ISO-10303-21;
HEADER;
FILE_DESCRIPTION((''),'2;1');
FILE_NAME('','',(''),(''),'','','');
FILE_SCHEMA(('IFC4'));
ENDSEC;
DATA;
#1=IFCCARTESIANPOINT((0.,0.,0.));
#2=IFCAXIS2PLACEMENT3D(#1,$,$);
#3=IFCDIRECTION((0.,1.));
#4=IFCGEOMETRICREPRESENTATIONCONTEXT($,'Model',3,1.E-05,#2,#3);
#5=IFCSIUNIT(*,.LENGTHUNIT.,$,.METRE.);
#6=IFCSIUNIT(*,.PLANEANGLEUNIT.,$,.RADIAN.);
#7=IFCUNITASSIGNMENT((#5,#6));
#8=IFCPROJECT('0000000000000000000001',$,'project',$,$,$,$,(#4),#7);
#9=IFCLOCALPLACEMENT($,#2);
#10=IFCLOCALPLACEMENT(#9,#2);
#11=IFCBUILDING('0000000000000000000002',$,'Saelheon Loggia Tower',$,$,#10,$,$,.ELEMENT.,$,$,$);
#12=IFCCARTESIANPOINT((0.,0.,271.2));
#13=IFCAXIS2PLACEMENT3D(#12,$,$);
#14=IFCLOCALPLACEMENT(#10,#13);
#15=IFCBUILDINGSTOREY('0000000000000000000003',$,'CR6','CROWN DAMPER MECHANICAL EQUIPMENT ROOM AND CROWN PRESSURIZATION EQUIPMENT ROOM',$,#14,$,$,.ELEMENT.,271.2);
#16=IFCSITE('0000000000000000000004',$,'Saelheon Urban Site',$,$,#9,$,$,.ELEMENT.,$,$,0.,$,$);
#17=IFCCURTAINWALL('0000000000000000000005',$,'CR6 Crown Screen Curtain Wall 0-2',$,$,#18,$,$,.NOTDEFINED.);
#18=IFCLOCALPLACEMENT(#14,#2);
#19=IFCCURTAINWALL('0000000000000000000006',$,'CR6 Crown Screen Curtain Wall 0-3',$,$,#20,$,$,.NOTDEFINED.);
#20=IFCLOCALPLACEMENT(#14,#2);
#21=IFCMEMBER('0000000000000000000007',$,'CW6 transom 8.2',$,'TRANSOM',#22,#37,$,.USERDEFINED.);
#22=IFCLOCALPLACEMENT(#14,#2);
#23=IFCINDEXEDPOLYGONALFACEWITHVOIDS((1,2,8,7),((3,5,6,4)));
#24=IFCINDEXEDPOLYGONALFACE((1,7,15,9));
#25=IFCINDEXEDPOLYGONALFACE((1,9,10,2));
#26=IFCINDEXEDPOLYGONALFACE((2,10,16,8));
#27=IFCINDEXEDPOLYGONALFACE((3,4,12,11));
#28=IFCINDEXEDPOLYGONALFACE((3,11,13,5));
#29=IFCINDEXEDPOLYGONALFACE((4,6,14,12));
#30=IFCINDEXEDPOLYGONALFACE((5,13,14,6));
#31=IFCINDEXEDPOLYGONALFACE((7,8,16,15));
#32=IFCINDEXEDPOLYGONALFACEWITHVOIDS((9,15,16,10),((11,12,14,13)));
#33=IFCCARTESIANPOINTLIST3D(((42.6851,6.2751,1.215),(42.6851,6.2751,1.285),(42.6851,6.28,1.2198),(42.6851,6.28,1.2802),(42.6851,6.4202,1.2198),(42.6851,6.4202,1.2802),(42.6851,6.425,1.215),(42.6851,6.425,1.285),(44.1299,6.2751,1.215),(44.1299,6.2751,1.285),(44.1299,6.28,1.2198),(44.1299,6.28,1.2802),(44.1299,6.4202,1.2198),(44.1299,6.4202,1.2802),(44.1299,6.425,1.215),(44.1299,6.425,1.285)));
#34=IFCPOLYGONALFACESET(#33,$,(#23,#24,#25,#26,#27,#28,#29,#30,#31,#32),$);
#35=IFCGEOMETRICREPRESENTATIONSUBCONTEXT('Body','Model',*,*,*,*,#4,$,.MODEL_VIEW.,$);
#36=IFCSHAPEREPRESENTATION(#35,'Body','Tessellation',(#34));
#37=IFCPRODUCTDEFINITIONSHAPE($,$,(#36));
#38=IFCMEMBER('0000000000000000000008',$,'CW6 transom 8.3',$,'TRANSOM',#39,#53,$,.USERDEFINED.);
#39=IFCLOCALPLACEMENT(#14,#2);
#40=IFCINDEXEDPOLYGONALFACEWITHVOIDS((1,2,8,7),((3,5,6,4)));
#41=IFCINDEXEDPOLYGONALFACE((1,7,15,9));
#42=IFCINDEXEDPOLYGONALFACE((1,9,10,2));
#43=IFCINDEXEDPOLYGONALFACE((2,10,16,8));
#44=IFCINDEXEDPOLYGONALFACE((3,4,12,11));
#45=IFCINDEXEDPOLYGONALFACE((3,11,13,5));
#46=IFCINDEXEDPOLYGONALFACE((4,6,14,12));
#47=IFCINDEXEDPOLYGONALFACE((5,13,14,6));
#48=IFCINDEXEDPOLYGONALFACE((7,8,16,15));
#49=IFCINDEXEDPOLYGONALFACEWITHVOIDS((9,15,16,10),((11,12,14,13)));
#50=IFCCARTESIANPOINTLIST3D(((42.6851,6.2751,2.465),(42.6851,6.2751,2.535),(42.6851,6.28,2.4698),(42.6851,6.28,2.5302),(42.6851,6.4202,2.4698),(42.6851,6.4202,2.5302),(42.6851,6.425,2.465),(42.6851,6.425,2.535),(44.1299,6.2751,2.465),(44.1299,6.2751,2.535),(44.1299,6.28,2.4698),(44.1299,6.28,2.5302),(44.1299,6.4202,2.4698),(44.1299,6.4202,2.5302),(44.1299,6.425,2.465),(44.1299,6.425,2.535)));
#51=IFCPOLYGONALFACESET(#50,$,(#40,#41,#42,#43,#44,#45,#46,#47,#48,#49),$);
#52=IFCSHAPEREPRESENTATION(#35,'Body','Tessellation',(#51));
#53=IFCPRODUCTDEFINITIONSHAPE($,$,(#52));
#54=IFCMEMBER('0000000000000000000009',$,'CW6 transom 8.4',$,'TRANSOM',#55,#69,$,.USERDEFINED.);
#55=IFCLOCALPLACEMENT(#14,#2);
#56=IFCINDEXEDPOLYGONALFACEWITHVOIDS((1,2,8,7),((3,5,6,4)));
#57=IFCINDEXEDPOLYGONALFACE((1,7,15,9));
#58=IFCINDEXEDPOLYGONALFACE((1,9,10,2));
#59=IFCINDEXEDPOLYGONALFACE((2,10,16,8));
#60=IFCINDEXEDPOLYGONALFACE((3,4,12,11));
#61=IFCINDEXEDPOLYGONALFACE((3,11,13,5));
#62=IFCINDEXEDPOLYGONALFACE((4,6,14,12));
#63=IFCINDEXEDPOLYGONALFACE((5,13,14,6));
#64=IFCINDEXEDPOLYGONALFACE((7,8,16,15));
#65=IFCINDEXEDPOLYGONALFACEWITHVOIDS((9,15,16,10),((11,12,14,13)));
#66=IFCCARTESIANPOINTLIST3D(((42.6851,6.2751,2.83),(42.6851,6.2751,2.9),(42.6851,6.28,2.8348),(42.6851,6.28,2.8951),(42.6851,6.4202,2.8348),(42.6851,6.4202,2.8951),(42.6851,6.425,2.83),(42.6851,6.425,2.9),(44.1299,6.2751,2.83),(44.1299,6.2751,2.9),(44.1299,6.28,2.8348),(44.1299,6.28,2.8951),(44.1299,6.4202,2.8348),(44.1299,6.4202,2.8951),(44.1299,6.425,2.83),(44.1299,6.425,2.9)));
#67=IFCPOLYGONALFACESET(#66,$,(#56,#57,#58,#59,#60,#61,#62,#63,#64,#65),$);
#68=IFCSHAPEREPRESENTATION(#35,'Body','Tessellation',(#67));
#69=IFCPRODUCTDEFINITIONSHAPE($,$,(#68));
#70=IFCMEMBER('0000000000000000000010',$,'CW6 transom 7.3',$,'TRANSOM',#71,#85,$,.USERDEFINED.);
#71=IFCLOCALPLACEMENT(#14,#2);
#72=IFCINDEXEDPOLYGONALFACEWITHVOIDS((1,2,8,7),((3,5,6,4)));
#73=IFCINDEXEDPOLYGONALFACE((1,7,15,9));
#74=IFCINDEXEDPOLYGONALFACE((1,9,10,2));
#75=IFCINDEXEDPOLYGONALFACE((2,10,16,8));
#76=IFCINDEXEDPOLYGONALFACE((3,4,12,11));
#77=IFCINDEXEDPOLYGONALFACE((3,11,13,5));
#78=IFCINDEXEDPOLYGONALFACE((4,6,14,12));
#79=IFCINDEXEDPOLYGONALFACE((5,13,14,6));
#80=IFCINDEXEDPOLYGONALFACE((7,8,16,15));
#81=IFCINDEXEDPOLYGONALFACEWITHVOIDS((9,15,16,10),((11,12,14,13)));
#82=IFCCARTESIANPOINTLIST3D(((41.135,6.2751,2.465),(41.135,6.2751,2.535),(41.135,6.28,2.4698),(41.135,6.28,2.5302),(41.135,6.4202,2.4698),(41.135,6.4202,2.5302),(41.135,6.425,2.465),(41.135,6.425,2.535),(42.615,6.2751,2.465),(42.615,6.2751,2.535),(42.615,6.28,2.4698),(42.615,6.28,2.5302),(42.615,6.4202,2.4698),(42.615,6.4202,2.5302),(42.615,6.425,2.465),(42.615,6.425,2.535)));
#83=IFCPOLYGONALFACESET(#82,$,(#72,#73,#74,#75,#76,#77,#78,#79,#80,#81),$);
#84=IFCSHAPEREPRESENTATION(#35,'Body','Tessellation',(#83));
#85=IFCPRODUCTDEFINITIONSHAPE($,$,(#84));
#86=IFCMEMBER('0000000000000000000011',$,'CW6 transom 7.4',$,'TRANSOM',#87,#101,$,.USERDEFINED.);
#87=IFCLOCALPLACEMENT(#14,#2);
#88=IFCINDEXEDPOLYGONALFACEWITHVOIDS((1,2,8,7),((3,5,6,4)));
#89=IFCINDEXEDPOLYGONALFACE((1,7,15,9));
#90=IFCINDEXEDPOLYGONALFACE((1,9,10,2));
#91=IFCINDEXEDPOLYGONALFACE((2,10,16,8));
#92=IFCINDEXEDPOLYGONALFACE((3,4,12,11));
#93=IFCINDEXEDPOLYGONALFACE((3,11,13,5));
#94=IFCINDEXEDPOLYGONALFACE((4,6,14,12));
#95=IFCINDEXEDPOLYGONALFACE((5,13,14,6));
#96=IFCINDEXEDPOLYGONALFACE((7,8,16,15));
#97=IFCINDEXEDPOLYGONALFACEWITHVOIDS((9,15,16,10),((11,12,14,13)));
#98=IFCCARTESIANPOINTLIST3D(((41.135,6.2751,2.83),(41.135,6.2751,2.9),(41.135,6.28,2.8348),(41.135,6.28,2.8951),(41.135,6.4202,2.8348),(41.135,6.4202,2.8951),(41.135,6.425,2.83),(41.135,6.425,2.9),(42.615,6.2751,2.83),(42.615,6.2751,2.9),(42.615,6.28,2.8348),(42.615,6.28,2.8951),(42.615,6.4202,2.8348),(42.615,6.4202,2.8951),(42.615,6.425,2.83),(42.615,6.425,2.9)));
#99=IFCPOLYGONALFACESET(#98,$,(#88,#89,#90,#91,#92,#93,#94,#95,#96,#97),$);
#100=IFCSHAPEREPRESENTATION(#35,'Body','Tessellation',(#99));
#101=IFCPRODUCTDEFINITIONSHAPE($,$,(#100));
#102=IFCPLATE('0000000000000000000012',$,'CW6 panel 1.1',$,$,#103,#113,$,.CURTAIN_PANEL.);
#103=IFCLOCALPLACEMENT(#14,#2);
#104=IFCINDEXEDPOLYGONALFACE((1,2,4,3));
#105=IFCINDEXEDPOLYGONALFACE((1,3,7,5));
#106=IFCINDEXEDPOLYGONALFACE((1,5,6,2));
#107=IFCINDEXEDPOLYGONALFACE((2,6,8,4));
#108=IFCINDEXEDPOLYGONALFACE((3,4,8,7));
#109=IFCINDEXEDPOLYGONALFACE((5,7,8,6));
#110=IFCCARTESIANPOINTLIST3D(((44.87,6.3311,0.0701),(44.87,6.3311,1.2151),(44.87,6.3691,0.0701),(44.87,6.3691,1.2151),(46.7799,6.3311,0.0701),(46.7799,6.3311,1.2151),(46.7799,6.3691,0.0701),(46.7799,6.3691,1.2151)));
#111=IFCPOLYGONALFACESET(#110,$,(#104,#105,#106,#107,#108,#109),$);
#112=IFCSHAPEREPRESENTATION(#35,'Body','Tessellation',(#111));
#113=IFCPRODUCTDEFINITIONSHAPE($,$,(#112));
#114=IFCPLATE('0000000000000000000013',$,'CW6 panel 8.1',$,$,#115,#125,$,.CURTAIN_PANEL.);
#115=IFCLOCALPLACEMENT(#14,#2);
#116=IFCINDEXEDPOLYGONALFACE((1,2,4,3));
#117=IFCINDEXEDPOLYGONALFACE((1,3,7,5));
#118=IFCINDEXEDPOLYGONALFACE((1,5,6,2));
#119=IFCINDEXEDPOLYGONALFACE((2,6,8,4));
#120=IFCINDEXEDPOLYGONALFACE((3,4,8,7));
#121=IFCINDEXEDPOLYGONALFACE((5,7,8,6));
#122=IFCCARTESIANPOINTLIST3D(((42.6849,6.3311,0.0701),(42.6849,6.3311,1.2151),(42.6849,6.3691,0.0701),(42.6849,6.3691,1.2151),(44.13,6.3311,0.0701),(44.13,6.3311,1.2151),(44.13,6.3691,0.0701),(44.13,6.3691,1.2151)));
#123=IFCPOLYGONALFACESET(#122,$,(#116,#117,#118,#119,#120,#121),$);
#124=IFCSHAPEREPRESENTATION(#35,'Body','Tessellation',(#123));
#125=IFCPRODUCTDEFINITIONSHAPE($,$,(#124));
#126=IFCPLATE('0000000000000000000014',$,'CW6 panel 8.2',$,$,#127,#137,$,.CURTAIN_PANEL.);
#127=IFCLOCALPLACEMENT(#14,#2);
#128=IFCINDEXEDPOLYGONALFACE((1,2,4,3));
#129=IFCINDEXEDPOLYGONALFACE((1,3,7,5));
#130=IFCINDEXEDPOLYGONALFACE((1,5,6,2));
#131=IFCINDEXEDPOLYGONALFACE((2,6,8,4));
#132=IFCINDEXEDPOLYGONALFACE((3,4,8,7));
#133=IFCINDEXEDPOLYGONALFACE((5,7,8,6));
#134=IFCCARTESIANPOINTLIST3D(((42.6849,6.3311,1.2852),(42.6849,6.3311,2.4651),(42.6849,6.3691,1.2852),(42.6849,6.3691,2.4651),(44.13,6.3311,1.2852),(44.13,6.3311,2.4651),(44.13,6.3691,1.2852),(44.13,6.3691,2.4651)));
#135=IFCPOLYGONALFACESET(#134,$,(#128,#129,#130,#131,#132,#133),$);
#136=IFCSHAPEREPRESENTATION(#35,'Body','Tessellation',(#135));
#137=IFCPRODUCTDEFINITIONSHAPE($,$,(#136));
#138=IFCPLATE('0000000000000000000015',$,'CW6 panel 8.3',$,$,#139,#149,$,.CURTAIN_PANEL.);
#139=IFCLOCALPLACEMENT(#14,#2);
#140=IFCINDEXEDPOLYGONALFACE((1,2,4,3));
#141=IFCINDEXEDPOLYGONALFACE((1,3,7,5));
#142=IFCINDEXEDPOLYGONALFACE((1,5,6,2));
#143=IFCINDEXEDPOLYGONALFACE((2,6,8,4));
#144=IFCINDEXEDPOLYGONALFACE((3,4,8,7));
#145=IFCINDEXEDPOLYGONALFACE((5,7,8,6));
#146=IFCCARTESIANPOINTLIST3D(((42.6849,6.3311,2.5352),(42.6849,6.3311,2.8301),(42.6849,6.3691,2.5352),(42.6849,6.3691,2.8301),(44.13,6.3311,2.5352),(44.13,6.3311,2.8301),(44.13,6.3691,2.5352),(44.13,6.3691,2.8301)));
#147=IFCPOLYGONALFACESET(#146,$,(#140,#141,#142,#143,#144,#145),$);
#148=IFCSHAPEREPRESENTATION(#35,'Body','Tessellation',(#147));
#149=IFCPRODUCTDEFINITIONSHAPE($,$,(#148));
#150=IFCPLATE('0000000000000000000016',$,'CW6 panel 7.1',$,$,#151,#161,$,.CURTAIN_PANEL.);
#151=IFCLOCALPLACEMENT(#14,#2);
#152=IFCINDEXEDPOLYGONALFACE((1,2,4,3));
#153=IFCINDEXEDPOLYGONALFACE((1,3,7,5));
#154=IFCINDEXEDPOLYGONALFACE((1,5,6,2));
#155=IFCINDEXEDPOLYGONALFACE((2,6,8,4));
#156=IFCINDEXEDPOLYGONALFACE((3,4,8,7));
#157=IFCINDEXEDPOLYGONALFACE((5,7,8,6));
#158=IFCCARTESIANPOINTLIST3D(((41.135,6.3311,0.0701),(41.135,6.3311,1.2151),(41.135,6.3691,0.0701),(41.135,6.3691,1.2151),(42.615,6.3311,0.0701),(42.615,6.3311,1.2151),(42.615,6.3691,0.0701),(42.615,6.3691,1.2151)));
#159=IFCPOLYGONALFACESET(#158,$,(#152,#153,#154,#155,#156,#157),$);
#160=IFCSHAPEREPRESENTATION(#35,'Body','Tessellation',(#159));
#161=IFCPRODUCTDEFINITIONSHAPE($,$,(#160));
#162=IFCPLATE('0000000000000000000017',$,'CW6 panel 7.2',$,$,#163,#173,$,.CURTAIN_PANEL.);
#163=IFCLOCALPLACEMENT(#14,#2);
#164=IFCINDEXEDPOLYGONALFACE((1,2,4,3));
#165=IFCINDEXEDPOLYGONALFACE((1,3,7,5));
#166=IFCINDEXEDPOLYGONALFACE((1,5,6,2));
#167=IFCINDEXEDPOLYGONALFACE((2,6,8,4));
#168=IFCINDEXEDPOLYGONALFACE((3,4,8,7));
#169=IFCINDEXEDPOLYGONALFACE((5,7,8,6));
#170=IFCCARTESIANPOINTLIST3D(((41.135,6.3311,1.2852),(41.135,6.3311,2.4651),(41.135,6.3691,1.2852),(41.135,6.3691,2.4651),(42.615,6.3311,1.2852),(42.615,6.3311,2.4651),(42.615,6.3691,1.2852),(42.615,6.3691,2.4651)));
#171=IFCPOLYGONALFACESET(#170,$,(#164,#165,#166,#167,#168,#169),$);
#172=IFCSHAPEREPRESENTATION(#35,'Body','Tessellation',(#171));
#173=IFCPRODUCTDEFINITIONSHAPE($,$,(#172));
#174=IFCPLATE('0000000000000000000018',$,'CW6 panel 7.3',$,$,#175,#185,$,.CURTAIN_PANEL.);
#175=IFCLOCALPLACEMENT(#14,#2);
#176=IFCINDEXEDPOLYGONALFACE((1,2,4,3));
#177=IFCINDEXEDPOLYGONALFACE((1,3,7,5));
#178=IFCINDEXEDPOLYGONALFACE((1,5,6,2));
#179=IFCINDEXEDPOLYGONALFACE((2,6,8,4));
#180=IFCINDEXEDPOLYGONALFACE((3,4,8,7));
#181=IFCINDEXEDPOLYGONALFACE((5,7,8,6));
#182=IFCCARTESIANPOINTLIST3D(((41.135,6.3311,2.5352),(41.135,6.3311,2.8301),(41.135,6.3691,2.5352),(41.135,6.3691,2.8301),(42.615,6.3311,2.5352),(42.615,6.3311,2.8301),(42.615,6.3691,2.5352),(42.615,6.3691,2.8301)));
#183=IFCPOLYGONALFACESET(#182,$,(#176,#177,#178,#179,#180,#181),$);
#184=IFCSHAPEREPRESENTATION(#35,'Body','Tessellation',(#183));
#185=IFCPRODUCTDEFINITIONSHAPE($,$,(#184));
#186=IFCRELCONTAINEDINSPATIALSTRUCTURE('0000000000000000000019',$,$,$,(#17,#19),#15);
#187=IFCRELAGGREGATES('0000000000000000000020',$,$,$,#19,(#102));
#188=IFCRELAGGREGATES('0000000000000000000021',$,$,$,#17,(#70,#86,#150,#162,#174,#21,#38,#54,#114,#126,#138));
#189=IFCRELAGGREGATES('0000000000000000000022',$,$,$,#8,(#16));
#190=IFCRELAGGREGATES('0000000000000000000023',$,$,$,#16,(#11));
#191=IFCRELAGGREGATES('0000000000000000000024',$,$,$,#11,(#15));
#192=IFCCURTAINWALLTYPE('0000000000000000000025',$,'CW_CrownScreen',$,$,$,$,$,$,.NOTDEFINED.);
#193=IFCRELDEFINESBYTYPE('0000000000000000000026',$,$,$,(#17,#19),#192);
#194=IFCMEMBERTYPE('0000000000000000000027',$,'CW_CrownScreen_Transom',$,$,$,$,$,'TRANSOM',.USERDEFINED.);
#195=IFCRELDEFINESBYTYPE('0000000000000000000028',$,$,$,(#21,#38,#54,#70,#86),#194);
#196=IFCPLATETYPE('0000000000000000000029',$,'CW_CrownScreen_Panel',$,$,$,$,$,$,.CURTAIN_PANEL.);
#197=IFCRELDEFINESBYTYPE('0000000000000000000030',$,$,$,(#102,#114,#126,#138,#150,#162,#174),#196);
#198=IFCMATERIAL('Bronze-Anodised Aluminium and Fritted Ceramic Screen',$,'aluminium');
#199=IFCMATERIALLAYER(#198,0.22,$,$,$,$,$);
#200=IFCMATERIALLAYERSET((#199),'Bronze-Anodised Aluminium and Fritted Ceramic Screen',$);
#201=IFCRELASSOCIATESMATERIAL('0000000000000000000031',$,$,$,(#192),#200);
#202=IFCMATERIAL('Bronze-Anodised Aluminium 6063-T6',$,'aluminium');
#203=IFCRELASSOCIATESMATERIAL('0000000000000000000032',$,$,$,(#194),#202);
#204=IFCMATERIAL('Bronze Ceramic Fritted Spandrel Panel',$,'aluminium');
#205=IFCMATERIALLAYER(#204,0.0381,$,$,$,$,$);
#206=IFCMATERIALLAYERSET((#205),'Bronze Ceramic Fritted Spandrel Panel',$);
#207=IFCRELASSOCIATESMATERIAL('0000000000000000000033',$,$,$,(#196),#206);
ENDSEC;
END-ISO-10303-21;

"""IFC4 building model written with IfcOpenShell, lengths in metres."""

from ifc_helpers import new_model, si_unit, direction, frame, origin, origin_2d, place, context, subcontext, project, spatial, rectangle, hollow_rectangle, extrude, source, transform, mapped, material, layer, layer_set, material_profile, profile_set, type_object, element, aggregate, save


model = new_model("IFC4")

# Units and contexts
model_context = context("Model", 3, precision=1e-05, world=origin(), true_north=direction((0.0, 1.0)))
body_context = subcontext(model_context, "Body", "Model", "MODEL_VIEW")
ifc_project = project(units=[si_unit("LENGTHUNIT", "METRE"), si_unit("PLANEANGLEUNIT", "RADIAN")], contexts=[model_context])

# Site, building, storey
site_placement = place(None, origin())
site = spatial("IfcSite", under=ifc_project, at=site_placement, Name="Saelheon Urban Site", CompositionType="ELEMENT", RefElevation=0.0)
building_placement = place(site_placement, origin())
building = spatial("IfcBuilding", under=site, at=building_placement, Name="Saelheon Loggia Tower", CompositionType="ELEMENT")
storey_placement = place(building_placement, frame((0.0, 0.0, 271.2)))
storey = spatial("IfcBuildingStorey", under=building, at=storey_placement, Name="CR6", Description="CROWN DAMPER MECHANICAL EQUIPMENT ROOM AND CROWN PRESSURIZATION EQUIPMENT ROOM", CompositionType="ELEMENT", Elevation=271.2)

# Curtain walls
ifc_material_1 = material(Name="Bronze-Anodised Aluminium and Fritted Ceramic Screen", Category="aluminium")
ifc_layer_1 = layer(ifc_material_1, 0.22)
ifc_layer_set_1 = layer_set([ifc_layer_1], Name="Bronze-Anodised Aluminium and Fritted Ceramic Screen")
curtain_wall_type = type_object("IfcCurtainWallType", Name="CW_CrownScreen", PredefinedType="NOTDEFINED", material=ifc_layer_set_1)
curtain_wall_1_placement = place(storey_placement, origin())
curtain_wall_1 = element("IfcCurtainWall", 1, at=curtain_wall_1_placement, inside=storey, type_object=curtain_wall_type, Name="CR6 Crown Screen Curtain Wall 0-2", PredefinedType="NOTDEFINED")
ifc_material_2 = material(Name="Bronze-Anodised Aluminium 6063-T6", Category="aluminium")
curtain_wall_2_placement = place(storey_placement, origin())
curtain_wall_2 = element("IfcCurtainWall", 2, at=curtain_wall_2_placement, inside=storey, type_object=curtain_wall_type, Name="CR6 Crown Screen Curtain Wall 0-3", PredefinedType="NOTDEFINED")
ifc_material_profile_1 = material_profile(ifc_material_2, hollow_rectangle(XDim=0.0701, YDim=0.1499, WallThickness=0.0049, at=origin_2d()), Name="RHS-150x70x5")
ifc_profile_set_1 = profile_set([ifc_material_profile_1], Name="Bronze-Anodised Aluminium 6063-T6")
member_type_1 = type_object("IfcMemberType", Name="CW_CrownScreen_Transom", ElementType="TRANSOM", PredefinedType="USERDEFINED", material=ifc_profile_set_1)

# Members
shared_shape_1 = source(origin(), body_context, "Body", "SweptSolid", [
    extrude(hollow_rectangle(XDim=0.0701, YDim=0.1499, WallThickness=0.0049, at=origin_2d()), origin(), (0.0, 0.0, 1.0), 1.4448),
])
member_1_placement = place(storey_placement, frame((42.6851, 6.3501, 1.25), z_axis=(1.0, 0.0, 0.0), x_axis=(0.0, 0.0, 1.0)))
member_1 = element("IfcMember", 3, at=member_1_placement, type_object=member_type_1, Name="CW6 transom 8.2", ObjectType="TRANSOM", PredefinedType="USERDEFINED", context=body_context, shape_type="MappedRepresentation", body=[
    mapped(shared_shape_1, transform((0.0, 0.0, 0.0), scale=1.0)),
])
member_2_placement = place(storey_placement, frame((42.6851, 6.3501, 2.5), z_axis=(1.0, 0.0, 0.0), x_axis=(0.0, 0.0, 1.0)))
member_2 = element("IfcMember", 4, at=member_2_placement, type_object=member_type_1, Name="CW6 transom 8.3", ObjectType="TRANSOM", PredefinedType="USERDEFINED", context=body_context, shape_type="MappedRepresentation", body=[
    mapped(shared_shape_1, transform((0.0, 0.0, 0.0), scale=1.0)),
])
member_3_placement = place(storey_placement, frame((42.6851, 6.3501, 2.865), z_axis=(1.0, 0.0, 0.0), x_axis=(0.0, 0.0, 1.0)))
member_3 = element("IfcMember", 5, at=member_3_placement, type_object=member_type_1, Name="CW6 transom 8.4", ObjectType="TRANSOM", PredefinedType="USERDEFINED", context=body_context, shape_type="MappedRepresentation", body=[
    mapped(shared_shape_1, transform((0.0, 0.0, 0.0), scale=1.0)),
])
shared_shape_2 = source(origin(), body_context, "Body", "SweptSolid", [
    extrude(hollow_rectangle(XDim=0.0701, YDim=0.1499, WallThickness=0.0049, at=origin_2d()), origin(), (0.0, 0.0, 1.0), 1.48),
])
member_4_placement = place(storey_placement, frame((41.135, 6.3501, 2.5), z_axis=(1.0, 0.0, 0.0), x_axis=(0.0, 0.0, 1.0)))
member_4 = element("IfcMember", 6, at=member_4_placement, type_object=member_type_1, Name="CW6 transom 7.3", ObjectType="TRANSOM", PredefinedType="USERDEFINED", context=body_context, shape_type="MappedRepresentation", body=[
    mapped(shared_shape_2, transform((0.0, 0.0, 0.0), scale=1.0)),
])
member_5_placement = place(storey_placement, frame((41.135, 6.3501, 2.865), z_axis=(1.0, 0.0, 0.0), x_axis=(0.0, 0.0, 1.0)))
member_5 = element("IfcMember", 7, at=member_5_placement, type_object=member_type_1, Name="CW6 transom 7.4", ObjectType="TRANSOM", PredefinedType="USERDEFINED", context=body_context, shape_type="MappedRepresentation", body=[
    mapped(shared_shape_2, transform((0.0, 0.0, 0.0), scale=1.0)),
])

# Plates
ifc_material_3 = material(Name="Bronze Ceramic Fritted Spandrel Panel", Category="aluminium")
ifc_layer_2 = layer(ifc_material_3, 0.0381)
ifc_layer_set_2 = layer_set([ifc_layer_2], Name="Bronze Ceramic Fritted Spandrel Panel")
plate_type = type_object("IfcPlateType", Name="CW_CrownScreen_Panel", PredefinedType="CURTAIN_PANEL", material=ifc_layer_set_2)
shared_shape_3 = source(origin(), body_context, "Body", "SweptSolid", [
    extrude(rectangle(XDim=1.9099, YDim=0.0381, at=origin_2d()), origin(), (0.0, 0.0, 1.0), 1.145),
])
plate_1_placement = place(storey_placement, frame((45.825, 6.3501, 0.0701), z_axis=(0.0, 0.0, 1.0), x_axis=(1.0, 0.0, 0.0)))
plate_1 = element("IfcPlate", 8, at=plate_1_placement, type_object=plate_type, Name="CW6 panel 1.1", PredefinedType="CURTAIN_PANEL", context=body_context, shape_type="MappedRepresentation", body=[
    mapped(shared_shape_3, transform((0.0, 0.0, 0.0), scale=1.0)),
])
aggregate(curtain_wall_2, [plate_1])
shared_shape_4 = source(origin(), body_context, "Body", "SweptSolid", [
    extrude(rectangle(XDim=1.4451, YDim=0.0381, at=origin_2d()), origin(), (0.0, 0.0, 1.0), 1.145),
])
plate_2_placement = place(storey_placement, frame((43.4075, 6.3501, 0.0701), z_axis=(0.0, 0.0, 1.0), x_axis=(1.0, 0.0, 0.0)))
plate_2 = element("IfcPlate", 9, at=plate_2_placement, type_object=plate_type, Name="CW6 panel 8.1", PredefinedType="CURTAIN_PANEL", context=body_context, shape_type="MappedRepresentation", body=[
    mapped(shared_shape_4, transform((0.0, 0.0, 0.0), scale=1.0)),
])
shared_shape_5 = source(origin(), body_context, "Body", "SweptSolid", [
    extrude(rectangle(XDim=1.4451, YDim=0.0381, at=origin_2d()), origin(), (0.0, 0.0, 1.0), 1.1799),
])
plate_3_placement = place(storey_placement, frame((43.4075, 6.3501, 1.2852), z_axis=(0.0, 0.0, 1.0), x_axis=(1.0, 0.0, 0.0)))
plate_3 = element("IfcPlate", 10, at=plate_3_placement, type_object=plate_type, Name="CW6 panel 8.2", PredefinedType="CURTAIN_PANEL", context=body_context, shape_type="MappedRepresentation", body=[
    mapped(shared_shape_5, transform((0.0, 0.0, 0.0), scale=1.0)),
])
shared_shape_6 = source(origin(), body_context, "Body", "SweptSolid", [
    extrude(rectangle(XDim=1.4451, YDim=0.0381, at=origin_2d()), origin(), (0.0, 0.0, 1.0), 0.2949),
])
plate_4_placement = place(storey_placement, frame((43.4075, 6.3501, 2.5352), z_axis=(0.0, 0.0, 1.0), x_axis=(1.0, 0.0, 0.0)))
plate_4 = element("IfcPlate", 11, at=plate_4_placement, type_object=plate_type, Name="CW6 panel 8.3", PredefinedType="CURTAIN_PANEL", context=body_context, shape_type="MappedRepresentation", body=[
    mapped(shared_shape_6, transform((0.0, 0.0, 0.0), scale=1.0)),
])
shared_shape_7 = source(origin(), body_context, "Body", "SweptSolid", [
    extrude(rectangle(XDim=1.48, YDim=0.0381, at=origin_2d()), origin(), (0.0, 0.0, 1.0), 1.145),
])
plate_5_placement = place(storey_placement, frame((41.875, 6.3501, 0.0701), z_axis=(0.0, 0.0, 1.0), x_axis=(1.0, 0.0, 0.0)))
plate_5 = element("IfcPlate", 12, at=plate_5_placement, type_object=plate_type, Name="CW6 panel 7.1", PredefinedType="CURTAIN_PANEL", context=body_context, shape_type="MappedRepresentation", body=[
    mapped(shared_shape_7, transform((0.0, 0.0, 0.0), scale=1.0)),
])
shared_shape_8 = source(origin(), body_context, "Body", "SweptSolid", [
    extrude(rectangle(XDim=1.48, YDim=0.0381, at=origin_2d()), origin(), (0.0, 0.0, 1.0), 1.1799),
])
plate_6_placement = place(storey_placement, frame((41.875, 6.3501, 1.2852), z_axis=(0.0, 0.0, 1.0), x_axis=(1.0, 0.0, 0.0)))
plate_6 = element("IfcPlate", 13, at=plate_6_placement, type_object=plate_type, Name="CW6 panel 7.2", PredefinedType="CURTAIN_PANEL", context=body_context, shape_type="MappedRepresentation", body=[
    mapped(shared_shape_8, transform((0.0, 0.0, 0.0), scale=1.0)),
])
shared_shape_9 = source(origin(), body_context, "Body", "SweptSolid", [
    extrude(rectangle(XDim=1.48, YDim=0.0381, at=origin_2d()), origin(), (0.0, 0.0, 1.0), 0.2949),
])
plate_7_placement = place(storey_placement, frame((41.875, 6.3501, 2.5352), z_axis=(0.0, 0.0, 1.0), x_axis=(1.0, 0.0, 0.0)))
plate_7 = element("IfcPlate", 14, at=plate_7_placement, type_object=plate_type, Name="CW6 panel 7.3", PredefinedType="CURTAIN_PANEL", context=body_context, shape_type="MappedRepresentation", body=[
    mapped(shared_shape_9, transform((0.0, 0.0, 0.0), scale=1.0)),
])
aggregate(curtain_wall_1, [member_4, member_5, plate_5, plate_6, plate_7, member_1, member_2, member_3, plate_2, plate_3, plate_4])

save(model, "model.ifc")
